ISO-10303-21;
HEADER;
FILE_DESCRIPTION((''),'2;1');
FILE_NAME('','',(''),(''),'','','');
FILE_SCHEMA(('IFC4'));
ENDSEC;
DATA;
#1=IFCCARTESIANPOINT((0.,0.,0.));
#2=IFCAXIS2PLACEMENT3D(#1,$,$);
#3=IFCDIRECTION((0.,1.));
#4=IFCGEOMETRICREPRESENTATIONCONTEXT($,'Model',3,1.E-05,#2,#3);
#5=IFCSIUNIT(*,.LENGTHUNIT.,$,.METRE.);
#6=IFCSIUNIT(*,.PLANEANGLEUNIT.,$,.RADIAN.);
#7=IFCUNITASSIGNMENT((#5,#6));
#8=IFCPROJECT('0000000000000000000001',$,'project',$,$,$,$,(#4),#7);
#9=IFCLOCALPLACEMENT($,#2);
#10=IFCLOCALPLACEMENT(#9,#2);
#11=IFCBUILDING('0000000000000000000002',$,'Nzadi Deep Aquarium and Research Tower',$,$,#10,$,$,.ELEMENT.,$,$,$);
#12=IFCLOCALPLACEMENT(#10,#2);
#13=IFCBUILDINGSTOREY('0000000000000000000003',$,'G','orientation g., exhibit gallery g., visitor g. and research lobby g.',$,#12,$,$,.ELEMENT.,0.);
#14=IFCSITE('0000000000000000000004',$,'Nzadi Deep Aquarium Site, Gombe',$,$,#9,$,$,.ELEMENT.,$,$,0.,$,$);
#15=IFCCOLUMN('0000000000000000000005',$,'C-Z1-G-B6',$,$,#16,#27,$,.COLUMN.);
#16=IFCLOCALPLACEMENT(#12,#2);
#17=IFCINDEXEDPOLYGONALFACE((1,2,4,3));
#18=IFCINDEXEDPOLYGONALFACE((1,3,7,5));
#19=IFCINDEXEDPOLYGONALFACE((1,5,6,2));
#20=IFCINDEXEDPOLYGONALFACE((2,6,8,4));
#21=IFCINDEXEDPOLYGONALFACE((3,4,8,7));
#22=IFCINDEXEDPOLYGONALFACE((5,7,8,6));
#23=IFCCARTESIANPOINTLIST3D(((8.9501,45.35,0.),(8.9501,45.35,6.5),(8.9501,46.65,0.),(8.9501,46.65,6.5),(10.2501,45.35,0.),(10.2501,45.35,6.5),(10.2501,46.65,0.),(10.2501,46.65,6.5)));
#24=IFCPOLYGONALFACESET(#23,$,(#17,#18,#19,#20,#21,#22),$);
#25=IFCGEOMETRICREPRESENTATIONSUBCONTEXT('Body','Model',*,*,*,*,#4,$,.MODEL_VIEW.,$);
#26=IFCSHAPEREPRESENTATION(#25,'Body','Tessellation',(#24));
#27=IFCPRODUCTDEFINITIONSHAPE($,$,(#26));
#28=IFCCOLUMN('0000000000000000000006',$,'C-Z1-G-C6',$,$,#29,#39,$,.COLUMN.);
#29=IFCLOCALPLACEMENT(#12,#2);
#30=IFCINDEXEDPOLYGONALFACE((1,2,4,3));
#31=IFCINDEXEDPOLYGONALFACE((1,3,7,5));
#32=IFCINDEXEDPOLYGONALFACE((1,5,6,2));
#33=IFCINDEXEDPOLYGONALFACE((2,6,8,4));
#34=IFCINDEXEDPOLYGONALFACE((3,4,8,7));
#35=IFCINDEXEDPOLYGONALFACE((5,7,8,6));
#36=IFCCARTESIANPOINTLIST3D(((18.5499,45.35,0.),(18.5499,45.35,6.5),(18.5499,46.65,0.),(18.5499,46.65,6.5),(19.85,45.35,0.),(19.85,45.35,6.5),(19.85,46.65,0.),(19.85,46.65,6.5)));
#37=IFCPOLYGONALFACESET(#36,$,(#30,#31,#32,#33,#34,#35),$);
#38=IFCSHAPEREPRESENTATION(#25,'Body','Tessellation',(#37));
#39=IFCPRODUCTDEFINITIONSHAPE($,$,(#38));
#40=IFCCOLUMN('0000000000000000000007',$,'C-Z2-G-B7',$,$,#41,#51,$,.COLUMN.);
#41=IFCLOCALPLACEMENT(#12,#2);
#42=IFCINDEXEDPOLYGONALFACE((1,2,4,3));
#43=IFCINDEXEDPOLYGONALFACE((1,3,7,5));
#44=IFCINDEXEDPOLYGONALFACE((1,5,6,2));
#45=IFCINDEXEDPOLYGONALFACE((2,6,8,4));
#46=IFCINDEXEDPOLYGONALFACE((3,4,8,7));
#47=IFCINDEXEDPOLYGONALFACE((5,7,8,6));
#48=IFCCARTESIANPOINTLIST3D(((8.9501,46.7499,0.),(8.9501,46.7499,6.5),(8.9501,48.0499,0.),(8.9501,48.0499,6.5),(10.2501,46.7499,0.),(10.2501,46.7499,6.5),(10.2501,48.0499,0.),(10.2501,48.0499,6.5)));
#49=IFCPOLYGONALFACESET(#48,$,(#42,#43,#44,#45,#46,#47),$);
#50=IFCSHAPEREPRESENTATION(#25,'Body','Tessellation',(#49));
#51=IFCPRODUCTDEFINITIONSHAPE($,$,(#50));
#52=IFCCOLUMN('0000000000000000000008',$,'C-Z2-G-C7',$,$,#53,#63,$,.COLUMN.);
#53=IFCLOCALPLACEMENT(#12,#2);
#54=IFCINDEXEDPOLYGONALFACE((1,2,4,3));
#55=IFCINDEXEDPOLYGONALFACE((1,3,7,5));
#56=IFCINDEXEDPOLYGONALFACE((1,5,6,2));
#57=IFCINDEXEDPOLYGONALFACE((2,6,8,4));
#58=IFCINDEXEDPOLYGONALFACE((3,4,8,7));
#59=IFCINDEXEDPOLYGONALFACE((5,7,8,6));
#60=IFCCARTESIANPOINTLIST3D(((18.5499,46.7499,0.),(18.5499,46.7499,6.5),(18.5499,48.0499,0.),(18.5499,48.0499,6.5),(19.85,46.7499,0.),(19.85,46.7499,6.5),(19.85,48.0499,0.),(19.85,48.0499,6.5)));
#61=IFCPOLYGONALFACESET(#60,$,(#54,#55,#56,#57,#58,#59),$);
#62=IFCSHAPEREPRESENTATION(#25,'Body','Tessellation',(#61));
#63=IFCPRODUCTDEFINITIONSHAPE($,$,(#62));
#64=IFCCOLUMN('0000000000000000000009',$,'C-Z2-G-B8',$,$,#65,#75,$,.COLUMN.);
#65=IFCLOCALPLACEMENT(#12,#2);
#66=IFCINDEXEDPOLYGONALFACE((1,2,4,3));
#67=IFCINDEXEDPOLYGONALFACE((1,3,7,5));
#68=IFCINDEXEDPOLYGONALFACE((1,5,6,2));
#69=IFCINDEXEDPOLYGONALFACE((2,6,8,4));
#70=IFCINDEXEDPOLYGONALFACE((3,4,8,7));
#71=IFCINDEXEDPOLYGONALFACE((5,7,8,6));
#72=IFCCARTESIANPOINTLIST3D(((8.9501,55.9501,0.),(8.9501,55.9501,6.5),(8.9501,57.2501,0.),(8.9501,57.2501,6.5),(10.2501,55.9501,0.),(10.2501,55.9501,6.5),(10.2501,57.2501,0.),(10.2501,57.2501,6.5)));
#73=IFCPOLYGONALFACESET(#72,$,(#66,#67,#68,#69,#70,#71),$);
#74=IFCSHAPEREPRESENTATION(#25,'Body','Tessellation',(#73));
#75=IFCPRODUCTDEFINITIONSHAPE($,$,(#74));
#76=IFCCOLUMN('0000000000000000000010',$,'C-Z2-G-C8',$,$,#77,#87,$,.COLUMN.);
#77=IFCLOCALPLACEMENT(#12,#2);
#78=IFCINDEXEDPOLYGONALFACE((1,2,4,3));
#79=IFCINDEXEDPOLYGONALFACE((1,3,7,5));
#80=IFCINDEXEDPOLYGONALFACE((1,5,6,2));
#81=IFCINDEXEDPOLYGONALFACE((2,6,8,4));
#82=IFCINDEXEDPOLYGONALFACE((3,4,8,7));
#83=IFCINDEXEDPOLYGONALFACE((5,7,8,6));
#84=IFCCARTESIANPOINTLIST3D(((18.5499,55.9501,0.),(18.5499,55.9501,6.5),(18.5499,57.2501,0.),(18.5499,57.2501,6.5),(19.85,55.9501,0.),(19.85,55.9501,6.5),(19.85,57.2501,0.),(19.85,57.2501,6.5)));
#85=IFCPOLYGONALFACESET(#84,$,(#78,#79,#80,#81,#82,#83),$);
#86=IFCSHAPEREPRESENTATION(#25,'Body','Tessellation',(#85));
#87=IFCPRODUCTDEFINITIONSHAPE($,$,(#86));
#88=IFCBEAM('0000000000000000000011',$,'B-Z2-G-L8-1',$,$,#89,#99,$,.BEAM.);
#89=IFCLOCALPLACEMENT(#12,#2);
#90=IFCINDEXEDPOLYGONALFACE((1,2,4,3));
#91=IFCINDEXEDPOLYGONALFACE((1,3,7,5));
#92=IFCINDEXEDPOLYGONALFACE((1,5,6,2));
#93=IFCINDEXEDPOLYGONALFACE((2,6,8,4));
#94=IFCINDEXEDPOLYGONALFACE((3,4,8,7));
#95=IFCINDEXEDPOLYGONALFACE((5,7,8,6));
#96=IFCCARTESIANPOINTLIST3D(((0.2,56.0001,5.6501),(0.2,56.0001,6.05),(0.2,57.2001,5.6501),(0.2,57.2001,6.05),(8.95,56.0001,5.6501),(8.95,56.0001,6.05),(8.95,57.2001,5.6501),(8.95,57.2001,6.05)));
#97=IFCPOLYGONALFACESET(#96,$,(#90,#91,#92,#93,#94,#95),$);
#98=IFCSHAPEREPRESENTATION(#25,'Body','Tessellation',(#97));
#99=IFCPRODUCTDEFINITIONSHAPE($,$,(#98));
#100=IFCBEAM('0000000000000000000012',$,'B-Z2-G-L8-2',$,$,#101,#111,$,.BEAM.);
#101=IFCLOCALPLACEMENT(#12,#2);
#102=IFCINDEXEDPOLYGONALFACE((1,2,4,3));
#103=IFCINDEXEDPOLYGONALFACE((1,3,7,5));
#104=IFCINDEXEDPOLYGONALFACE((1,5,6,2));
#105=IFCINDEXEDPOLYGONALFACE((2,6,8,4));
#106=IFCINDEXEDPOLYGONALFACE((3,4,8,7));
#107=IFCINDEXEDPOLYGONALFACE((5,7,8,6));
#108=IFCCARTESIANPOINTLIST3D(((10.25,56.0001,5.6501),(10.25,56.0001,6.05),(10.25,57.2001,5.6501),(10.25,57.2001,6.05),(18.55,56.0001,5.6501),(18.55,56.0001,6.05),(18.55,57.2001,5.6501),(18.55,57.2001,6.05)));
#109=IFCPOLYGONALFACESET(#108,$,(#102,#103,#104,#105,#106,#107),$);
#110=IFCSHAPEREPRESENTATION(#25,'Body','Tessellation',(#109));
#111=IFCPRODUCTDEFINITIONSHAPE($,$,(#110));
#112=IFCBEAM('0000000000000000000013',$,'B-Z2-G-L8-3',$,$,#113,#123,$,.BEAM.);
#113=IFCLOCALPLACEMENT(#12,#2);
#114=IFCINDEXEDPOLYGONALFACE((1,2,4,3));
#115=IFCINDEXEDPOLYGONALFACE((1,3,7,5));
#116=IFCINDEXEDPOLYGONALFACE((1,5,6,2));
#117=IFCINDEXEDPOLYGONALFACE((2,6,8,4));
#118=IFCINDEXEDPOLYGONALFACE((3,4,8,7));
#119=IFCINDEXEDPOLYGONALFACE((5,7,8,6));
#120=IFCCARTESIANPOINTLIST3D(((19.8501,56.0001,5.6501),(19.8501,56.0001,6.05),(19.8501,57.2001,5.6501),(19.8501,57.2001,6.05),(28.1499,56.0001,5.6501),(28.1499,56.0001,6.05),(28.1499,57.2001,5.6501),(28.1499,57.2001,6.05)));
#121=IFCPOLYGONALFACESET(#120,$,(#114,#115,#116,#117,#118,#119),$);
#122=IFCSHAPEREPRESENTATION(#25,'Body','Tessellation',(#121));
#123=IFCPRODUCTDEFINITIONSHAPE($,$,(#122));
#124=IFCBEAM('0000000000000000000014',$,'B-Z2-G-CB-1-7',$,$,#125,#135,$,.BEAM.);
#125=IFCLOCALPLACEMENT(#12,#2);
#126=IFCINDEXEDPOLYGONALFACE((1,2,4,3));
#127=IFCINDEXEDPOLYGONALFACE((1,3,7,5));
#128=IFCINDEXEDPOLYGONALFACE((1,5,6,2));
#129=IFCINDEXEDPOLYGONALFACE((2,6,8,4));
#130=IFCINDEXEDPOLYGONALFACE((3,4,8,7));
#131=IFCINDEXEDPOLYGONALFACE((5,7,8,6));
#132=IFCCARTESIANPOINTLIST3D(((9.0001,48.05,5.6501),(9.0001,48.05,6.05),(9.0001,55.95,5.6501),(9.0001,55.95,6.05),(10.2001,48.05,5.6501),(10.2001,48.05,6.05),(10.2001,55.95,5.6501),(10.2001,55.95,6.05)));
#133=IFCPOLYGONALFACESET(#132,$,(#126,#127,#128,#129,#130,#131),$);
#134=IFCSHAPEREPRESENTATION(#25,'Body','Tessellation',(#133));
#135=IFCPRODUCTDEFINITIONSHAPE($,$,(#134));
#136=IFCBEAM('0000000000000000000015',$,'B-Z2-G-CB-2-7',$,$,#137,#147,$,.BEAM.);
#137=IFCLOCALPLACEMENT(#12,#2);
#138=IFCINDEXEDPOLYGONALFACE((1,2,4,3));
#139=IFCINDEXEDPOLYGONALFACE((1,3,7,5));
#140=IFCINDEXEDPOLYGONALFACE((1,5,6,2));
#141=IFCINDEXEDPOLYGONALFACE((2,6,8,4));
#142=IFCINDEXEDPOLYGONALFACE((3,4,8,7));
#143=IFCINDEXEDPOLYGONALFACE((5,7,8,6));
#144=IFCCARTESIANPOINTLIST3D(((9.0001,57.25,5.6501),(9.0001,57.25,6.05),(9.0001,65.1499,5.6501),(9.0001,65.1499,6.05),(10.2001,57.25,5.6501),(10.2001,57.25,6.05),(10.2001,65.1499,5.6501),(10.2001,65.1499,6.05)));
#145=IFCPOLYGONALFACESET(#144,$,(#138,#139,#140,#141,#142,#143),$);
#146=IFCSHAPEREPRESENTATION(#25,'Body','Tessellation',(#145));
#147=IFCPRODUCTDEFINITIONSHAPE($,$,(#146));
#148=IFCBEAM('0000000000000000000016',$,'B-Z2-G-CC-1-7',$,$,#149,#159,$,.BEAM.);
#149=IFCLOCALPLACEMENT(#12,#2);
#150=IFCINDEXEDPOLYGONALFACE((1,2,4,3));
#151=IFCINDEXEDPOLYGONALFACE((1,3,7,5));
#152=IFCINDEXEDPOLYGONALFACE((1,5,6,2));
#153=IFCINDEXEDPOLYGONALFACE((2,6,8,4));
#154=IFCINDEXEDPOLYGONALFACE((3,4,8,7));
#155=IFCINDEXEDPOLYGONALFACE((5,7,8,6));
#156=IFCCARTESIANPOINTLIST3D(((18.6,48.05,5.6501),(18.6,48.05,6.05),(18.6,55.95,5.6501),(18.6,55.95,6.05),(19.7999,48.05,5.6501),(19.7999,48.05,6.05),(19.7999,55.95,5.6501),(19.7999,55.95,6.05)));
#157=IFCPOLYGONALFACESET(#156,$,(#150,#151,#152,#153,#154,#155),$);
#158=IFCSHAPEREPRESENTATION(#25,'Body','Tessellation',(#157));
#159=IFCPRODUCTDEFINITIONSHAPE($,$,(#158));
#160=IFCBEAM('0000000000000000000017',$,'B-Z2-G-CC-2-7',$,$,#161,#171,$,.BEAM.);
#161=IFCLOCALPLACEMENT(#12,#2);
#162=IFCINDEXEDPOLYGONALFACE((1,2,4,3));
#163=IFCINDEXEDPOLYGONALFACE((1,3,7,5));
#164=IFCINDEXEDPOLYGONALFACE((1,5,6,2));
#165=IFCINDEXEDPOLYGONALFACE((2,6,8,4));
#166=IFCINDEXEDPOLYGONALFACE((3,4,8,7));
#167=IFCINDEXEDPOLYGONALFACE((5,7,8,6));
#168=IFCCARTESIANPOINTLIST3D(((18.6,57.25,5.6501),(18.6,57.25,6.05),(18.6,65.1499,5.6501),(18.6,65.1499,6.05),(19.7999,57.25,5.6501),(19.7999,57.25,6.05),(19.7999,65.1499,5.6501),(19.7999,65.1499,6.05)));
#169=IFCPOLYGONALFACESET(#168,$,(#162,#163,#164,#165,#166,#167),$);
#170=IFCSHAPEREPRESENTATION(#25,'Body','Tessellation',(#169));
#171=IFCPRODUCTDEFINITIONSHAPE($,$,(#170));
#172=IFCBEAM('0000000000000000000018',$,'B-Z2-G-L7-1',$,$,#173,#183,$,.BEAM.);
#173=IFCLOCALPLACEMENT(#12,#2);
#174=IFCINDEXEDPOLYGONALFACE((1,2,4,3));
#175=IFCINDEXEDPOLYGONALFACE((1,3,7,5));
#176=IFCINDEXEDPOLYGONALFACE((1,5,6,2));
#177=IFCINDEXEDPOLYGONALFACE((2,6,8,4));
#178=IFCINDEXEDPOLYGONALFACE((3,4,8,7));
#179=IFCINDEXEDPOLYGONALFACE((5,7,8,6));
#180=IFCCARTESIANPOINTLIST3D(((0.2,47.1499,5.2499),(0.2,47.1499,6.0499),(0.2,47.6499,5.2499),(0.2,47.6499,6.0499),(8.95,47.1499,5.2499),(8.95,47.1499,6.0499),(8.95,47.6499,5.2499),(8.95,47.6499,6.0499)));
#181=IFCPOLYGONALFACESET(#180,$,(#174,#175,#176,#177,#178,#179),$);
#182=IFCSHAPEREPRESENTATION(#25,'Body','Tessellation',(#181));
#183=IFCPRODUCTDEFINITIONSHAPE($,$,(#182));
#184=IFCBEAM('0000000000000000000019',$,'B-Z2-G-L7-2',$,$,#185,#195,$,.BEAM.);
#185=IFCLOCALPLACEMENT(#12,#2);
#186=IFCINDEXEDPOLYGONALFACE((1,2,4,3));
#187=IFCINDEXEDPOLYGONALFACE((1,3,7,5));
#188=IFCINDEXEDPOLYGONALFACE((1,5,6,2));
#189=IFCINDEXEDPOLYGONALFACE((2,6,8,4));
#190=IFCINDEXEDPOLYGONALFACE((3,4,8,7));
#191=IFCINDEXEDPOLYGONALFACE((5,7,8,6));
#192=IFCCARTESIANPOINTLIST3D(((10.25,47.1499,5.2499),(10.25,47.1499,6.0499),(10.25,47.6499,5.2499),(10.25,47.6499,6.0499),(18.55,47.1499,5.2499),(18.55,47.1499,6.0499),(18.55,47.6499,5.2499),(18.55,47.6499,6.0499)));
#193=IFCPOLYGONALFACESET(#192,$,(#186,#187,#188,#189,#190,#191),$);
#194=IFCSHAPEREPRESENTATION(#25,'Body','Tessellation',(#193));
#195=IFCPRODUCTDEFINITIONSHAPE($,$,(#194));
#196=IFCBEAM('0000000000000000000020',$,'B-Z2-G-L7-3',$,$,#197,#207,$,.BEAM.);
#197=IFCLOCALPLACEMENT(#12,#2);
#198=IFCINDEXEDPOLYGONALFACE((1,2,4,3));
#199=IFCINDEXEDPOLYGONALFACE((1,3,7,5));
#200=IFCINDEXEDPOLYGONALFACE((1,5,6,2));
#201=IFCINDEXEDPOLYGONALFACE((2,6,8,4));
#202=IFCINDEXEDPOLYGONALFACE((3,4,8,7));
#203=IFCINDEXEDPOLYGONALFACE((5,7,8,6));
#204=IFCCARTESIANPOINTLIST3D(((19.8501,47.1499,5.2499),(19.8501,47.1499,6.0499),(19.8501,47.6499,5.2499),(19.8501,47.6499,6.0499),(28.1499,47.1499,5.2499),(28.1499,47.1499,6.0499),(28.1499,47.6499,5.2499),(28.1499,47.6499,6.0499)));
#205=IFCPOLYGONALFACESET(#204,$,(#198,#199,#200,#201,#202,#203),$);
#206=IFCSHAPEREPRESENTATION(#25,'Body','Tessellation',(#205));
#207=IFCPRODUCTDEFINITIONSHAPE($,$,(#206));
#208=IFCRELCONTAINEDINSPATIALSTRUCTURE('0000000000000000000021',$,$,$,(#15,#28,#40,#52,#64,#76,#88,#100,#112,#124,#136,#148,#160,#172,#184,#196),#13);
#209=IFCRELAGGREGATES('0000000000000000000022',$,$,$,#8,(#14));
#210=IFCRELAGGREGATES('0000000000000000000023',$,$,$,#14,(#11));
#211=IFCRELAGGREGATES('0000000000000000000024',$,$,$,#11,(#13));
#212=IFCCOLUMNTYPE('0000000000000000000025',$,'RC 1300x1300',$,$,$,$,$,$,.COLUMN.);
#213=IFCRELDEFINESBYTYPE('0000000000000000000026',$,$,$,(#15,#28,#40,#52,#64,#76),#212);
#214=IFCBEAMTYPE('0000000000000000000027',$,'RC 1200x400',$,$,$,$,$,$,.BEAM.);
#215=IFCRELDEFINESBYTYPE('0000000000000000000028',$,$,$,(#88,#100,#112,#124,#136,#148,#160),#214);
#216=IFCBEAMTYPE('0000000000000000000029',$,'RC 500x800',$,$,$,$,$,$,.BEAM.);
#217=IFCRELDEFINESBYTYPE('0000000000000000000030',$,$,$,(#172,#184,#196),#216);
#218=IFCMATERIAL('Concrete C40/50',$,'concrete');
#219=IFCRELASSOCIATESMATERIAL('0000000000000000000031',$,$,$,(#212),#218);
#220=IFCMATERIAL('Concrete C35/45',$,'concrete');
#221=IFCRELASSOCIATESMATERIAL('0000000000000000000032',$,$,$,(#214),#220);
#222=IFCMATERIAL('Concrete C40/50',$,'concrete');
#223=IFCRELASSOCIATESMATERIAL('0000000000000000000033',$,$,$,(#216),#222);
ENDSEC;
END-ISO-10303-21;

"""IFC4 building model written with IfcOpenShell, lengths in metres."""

from ifc_helpers import new_model, si_unit, direction, frame, origin, origin_2d, place, context, subcontext, project, spatial, rectangle, extrude, material, material_profile, profile_set, type_object, element, save


model = new_model("IFC4")

# Units and contexts
model_context = context("Model", 3, precision=1e-05, world=origin(), true_north=direction((0.0, 1.0)))
body_context = subcontext(model_context, "Body", "Model", "MODEL_VIEW")
ifc_project = project(units=[si_unit("LENGTHUNIT", "METRE"), si_unit("PLANEANGLEUNIT", "RADIAN")], contexts=[model_context])

# Site, building, storey
site_placement = place(None, origin())
site = spatial("IfcSite", under=ifc_project, at=site_placement, Name="Nzadi Deep Aquarium Site, Gombe", CompositionType="ELEMENT", RefElevation=0.0)
building_placement = place(site_placement, origin())
building = spatial("IfcBuilding", under=site, at=building_placement, Name="Nzadi Deep Aquarium and Research Tower", CompositionType="ELEMENT")
storey_placement = place(building_placement, origin())
storey = spatial("IfcBuildingStorey", under=building, at=storey_placement, Name="G", Description="orientation g., exhibit gallery g., visitor g. and research lobby g.", CompositionType="ELEMENT", Elevation=0.0)

# Columns
ifc_material_1 = material(Name="Concrete C40/50", Category="concrete")
ifc_material_profile_1 = material_profile(ifc_material_1, rectangle(XDim=1.3, YDim=1.3, at=origin_2d()))
ifc_profile_set_1 = profile_set([ifc_material_profile_1], Name="Concrete C40/50")
column_type = type_object("IfcColumnType", Name="RC 1300x1300", PredefinedType="COLUMN", material=ifc_profile_set_1)
for number, where, z_axis, x_axis, name in (
    (1, (9.6001, 46.0, 0.0), (0.0, 0.0, 1.0), (1.0, 0.0, 0.0), "C-Z1-G-B6"),
    (2, (19.2, 46.0, 0.0), (0.0, 0.0, 1.0), (1.0, 0.0, 0.0), "C-Z1-G-C6"),
    (3, (9.6001, 47.3999, 0.0), (0.0, 0.0, 1.0), (1.0, 0.0, 0.0), "C-Z2-G-B7"),
    (4, (19.2, 47.3999, 0.0), (0.0, 0.0, 1.0), (1.0, 0.0, 0.0), "C-Z2-G-C7"),
    (5, (9.6001, 56.6001, 0.0), (0.0, 0.0, 1.0), (1.0, 0.0, 0.0), "C-Z2-G-B8"),
    (6, (19.2, 56.6001, 0.0), (0.0, 0.0, 1.0), (1.0, 0.0, 0.0), "C-Z2-G-C8"),
):
    element("IfcColumn", number, at=place(storey_placement, frame(where, z_axis=z_axis, x_axis=x_axis)), inside=storey, type_object=column_type, Name=name, PredefinedType="COLUMN", context=body_context, shape_type="SweptSolid", body=[
        extrude(rectangle(XDim=1.3, YDim=1.3, at=origin_2d()), origin(), (0.0, 0.0, 1.0), 6.5),
    ])

# Beams
ifc_material_2 = material(Name="Concrete C35/45", Category="concrete")
ifc_material_profile_2 = material_profile(ifc_material_2, rectangle(XDim=1.2, YDim=0.3999, at=origin_2d()))
ifc_profile_set_2 = profile_set([ifc_material_profile_2], Name="Concrete C35/45")
beam_type_1 = type_object("IfcBeamType", Name="RC 1200x400", PredefinedType="BEAM", material=ifc_profile_set_2)
beam_1_placement = place(storey_placement, frame((0.2, 56.6001, 5.8501), z_axis=(1.0, 0.0, 0.0), x_axis=(0.0, 1.0, 0.0)))
element("IfcBeam", 7, at=beam_1_placement, inside=storey, type_object=beam_type_1, Name="B-Z2-G-L8-1", PredefinedType="BEAM", context=body_context, shape_type="SweptSolid", body=[
    extrude(rectangle(XDim=1.2, YDim=0.3999, at=origin_2d()), origin(), (0.0, 0.0, 1.0), 8.75),
])
beam_2_placement = place(storey_placement, frame((10.25, 56.6001, 5.8501), z_axis=(1.0, 0.0, 0.0), x_axis=(0.0, 1.0, 0.0)))
element("IfcBeam", 8, at=beam_2_placement, inside=storey, type_object=beam_type_1, Name="B-Z2-G-L8-2", PredefinedType="BEAM", context=body_context, shape_type="SweptSolid", body=[
    extrude(rectangle(XDim=1.2, YDim=0.3999, at=origin_2d()), origin(), (0.0, 0.0, 1.0), 8.3),
])
beam_3_placement = place(storey_placement, frame((19.8501, 56.6001, 5.8501), z_axis=(1.0, 0.0, 0.0), x_axis=(0.0, 1.0, 0.0)))
element("IfcBeam", 9, at=beam_3_placement, inside=storey, type_object=beam_type_1, Name="B-Z2-G-L8-3", PredefinedType="BEAM", context=body_context, shape_type="SweptSolid", body=[
    extrude(rectangle(XDim=1.2, YDim=0.3999, at=origin_2d()), origin(), (0.0, 0.0, 1.0), 8.2998),
])
for number, where, z_axis, x_axis, name in (
    (10, (9.6001, 48.05, 5.8501), (0.0, 1.0, 0.0), (-1.0, 0.0, 0.0), "B-Z2-G-CB-1-7"),
    (11, (9.6001, 57.25, 5.8501), (0.0, 1.0, 0.0), (-1.0, 0.0, 0.0), "B-Z2-G-CB-2-7"),
    (12, (19.2, 48.05, 5.8501), (0.0, 1.0, 0.0), (-1.0, 0.0, 0.0), "B-Z2-G-CC-1-7"),
    (13, (19.2, 57.25, 5.8501), (0.0, 1.0, 0.0), (-1.0, 0.0, 0.0), "B-Z2-G-CC-2-7"),
):
    element("IfcBeam", number, at=place(storey_placement, frame(where, z_axis=z_axis, x_axis=x_axis)), inside=storey, type_object=beam_type_1, Name=name, PredefinedType="BEAM", context=body_context, shape_type="SweptSolid", body=[
        extrude(rectangle(XDim=1.2, YDim=0.3999, at=origin_2d()), origin(), (0.0, 0.0, 1.0), 7.8999),
    ])
ifc_material_3 = material(Name="Concrete C40/50", Category="concrete")
ifc_material_profile_3 = material_profile(ifc_material_3, rectangle(XDim=0.5, YDim=0.8, at=origin_2d()))
ifc_profile_set_3 = profile_set([ifc_material_profile_3], Name="Concrete C40/50")
beam_type_2 = type_object("IfcBeamType", Name="RC 500x800", PredefinedType="BEAM", material=ifc_profile_set_3)
beam_4_placement = place(storey_placement, frame((0.2, 47.3999, 5.6499), z_axis=(1.0, 0.0, 0.0), x_axis=(0.0, 1.0, 0.0)))
element("IfcBeam", 14, at=beam_4_placement, inside=storey, type_object=beam_type_2, Name="B-Z2-G-L7-1", PredefinedType="BEAM", context=body_context, shape_type="SweptSolid", body=[
    extrude(rectangle(XDim=0.5, YDim=0.8, at=origin_2d()), origin(), (0.0, 0.0, 1.0), 8.75),
])
beam_5_placement = place(storey_placement, frame((10.25, 47.3999, 5.6499), z_axis=(1.0, 0.0, 0.0), x_axis=(0.0, 1.0, 0.0)))
element("IfcBeam", 15, at=beam_5_placement, inside=storey, type_object=beam_type_2, Name="B-Z2-G-L7-2", PredefinedType="BEAM", context=body_context, shape_type="SweptSolid", body=[
    extrude(rectangle(XDim=0.5, YDim=0.8, at=origin_2d()), origin(), (0.0, 0.0, 1.0), 8.3),
])
beam_6_placement = place(storey_placement, frame((19.8501, 47.3999, 5.6499), z_axis=(1.0, 0.0, 0.0), x_axis=(0.0, 1.0, 0.0)))
element("IfcBeam", 16, at=beam_6_placement, inside=storey, type_object=beam_type_2, Name="B-Z2-G-L7-3", PredefinedType="BEAM", context=body_context, shape_type="SweptSolid", body=[
    extrude(rectangle(XDim=0.5, YDim=0.8, at=origin_2d()), origin(), (0.0, 0.0, 1.0), 8.2998),
])

save(model, "model.ifc")
